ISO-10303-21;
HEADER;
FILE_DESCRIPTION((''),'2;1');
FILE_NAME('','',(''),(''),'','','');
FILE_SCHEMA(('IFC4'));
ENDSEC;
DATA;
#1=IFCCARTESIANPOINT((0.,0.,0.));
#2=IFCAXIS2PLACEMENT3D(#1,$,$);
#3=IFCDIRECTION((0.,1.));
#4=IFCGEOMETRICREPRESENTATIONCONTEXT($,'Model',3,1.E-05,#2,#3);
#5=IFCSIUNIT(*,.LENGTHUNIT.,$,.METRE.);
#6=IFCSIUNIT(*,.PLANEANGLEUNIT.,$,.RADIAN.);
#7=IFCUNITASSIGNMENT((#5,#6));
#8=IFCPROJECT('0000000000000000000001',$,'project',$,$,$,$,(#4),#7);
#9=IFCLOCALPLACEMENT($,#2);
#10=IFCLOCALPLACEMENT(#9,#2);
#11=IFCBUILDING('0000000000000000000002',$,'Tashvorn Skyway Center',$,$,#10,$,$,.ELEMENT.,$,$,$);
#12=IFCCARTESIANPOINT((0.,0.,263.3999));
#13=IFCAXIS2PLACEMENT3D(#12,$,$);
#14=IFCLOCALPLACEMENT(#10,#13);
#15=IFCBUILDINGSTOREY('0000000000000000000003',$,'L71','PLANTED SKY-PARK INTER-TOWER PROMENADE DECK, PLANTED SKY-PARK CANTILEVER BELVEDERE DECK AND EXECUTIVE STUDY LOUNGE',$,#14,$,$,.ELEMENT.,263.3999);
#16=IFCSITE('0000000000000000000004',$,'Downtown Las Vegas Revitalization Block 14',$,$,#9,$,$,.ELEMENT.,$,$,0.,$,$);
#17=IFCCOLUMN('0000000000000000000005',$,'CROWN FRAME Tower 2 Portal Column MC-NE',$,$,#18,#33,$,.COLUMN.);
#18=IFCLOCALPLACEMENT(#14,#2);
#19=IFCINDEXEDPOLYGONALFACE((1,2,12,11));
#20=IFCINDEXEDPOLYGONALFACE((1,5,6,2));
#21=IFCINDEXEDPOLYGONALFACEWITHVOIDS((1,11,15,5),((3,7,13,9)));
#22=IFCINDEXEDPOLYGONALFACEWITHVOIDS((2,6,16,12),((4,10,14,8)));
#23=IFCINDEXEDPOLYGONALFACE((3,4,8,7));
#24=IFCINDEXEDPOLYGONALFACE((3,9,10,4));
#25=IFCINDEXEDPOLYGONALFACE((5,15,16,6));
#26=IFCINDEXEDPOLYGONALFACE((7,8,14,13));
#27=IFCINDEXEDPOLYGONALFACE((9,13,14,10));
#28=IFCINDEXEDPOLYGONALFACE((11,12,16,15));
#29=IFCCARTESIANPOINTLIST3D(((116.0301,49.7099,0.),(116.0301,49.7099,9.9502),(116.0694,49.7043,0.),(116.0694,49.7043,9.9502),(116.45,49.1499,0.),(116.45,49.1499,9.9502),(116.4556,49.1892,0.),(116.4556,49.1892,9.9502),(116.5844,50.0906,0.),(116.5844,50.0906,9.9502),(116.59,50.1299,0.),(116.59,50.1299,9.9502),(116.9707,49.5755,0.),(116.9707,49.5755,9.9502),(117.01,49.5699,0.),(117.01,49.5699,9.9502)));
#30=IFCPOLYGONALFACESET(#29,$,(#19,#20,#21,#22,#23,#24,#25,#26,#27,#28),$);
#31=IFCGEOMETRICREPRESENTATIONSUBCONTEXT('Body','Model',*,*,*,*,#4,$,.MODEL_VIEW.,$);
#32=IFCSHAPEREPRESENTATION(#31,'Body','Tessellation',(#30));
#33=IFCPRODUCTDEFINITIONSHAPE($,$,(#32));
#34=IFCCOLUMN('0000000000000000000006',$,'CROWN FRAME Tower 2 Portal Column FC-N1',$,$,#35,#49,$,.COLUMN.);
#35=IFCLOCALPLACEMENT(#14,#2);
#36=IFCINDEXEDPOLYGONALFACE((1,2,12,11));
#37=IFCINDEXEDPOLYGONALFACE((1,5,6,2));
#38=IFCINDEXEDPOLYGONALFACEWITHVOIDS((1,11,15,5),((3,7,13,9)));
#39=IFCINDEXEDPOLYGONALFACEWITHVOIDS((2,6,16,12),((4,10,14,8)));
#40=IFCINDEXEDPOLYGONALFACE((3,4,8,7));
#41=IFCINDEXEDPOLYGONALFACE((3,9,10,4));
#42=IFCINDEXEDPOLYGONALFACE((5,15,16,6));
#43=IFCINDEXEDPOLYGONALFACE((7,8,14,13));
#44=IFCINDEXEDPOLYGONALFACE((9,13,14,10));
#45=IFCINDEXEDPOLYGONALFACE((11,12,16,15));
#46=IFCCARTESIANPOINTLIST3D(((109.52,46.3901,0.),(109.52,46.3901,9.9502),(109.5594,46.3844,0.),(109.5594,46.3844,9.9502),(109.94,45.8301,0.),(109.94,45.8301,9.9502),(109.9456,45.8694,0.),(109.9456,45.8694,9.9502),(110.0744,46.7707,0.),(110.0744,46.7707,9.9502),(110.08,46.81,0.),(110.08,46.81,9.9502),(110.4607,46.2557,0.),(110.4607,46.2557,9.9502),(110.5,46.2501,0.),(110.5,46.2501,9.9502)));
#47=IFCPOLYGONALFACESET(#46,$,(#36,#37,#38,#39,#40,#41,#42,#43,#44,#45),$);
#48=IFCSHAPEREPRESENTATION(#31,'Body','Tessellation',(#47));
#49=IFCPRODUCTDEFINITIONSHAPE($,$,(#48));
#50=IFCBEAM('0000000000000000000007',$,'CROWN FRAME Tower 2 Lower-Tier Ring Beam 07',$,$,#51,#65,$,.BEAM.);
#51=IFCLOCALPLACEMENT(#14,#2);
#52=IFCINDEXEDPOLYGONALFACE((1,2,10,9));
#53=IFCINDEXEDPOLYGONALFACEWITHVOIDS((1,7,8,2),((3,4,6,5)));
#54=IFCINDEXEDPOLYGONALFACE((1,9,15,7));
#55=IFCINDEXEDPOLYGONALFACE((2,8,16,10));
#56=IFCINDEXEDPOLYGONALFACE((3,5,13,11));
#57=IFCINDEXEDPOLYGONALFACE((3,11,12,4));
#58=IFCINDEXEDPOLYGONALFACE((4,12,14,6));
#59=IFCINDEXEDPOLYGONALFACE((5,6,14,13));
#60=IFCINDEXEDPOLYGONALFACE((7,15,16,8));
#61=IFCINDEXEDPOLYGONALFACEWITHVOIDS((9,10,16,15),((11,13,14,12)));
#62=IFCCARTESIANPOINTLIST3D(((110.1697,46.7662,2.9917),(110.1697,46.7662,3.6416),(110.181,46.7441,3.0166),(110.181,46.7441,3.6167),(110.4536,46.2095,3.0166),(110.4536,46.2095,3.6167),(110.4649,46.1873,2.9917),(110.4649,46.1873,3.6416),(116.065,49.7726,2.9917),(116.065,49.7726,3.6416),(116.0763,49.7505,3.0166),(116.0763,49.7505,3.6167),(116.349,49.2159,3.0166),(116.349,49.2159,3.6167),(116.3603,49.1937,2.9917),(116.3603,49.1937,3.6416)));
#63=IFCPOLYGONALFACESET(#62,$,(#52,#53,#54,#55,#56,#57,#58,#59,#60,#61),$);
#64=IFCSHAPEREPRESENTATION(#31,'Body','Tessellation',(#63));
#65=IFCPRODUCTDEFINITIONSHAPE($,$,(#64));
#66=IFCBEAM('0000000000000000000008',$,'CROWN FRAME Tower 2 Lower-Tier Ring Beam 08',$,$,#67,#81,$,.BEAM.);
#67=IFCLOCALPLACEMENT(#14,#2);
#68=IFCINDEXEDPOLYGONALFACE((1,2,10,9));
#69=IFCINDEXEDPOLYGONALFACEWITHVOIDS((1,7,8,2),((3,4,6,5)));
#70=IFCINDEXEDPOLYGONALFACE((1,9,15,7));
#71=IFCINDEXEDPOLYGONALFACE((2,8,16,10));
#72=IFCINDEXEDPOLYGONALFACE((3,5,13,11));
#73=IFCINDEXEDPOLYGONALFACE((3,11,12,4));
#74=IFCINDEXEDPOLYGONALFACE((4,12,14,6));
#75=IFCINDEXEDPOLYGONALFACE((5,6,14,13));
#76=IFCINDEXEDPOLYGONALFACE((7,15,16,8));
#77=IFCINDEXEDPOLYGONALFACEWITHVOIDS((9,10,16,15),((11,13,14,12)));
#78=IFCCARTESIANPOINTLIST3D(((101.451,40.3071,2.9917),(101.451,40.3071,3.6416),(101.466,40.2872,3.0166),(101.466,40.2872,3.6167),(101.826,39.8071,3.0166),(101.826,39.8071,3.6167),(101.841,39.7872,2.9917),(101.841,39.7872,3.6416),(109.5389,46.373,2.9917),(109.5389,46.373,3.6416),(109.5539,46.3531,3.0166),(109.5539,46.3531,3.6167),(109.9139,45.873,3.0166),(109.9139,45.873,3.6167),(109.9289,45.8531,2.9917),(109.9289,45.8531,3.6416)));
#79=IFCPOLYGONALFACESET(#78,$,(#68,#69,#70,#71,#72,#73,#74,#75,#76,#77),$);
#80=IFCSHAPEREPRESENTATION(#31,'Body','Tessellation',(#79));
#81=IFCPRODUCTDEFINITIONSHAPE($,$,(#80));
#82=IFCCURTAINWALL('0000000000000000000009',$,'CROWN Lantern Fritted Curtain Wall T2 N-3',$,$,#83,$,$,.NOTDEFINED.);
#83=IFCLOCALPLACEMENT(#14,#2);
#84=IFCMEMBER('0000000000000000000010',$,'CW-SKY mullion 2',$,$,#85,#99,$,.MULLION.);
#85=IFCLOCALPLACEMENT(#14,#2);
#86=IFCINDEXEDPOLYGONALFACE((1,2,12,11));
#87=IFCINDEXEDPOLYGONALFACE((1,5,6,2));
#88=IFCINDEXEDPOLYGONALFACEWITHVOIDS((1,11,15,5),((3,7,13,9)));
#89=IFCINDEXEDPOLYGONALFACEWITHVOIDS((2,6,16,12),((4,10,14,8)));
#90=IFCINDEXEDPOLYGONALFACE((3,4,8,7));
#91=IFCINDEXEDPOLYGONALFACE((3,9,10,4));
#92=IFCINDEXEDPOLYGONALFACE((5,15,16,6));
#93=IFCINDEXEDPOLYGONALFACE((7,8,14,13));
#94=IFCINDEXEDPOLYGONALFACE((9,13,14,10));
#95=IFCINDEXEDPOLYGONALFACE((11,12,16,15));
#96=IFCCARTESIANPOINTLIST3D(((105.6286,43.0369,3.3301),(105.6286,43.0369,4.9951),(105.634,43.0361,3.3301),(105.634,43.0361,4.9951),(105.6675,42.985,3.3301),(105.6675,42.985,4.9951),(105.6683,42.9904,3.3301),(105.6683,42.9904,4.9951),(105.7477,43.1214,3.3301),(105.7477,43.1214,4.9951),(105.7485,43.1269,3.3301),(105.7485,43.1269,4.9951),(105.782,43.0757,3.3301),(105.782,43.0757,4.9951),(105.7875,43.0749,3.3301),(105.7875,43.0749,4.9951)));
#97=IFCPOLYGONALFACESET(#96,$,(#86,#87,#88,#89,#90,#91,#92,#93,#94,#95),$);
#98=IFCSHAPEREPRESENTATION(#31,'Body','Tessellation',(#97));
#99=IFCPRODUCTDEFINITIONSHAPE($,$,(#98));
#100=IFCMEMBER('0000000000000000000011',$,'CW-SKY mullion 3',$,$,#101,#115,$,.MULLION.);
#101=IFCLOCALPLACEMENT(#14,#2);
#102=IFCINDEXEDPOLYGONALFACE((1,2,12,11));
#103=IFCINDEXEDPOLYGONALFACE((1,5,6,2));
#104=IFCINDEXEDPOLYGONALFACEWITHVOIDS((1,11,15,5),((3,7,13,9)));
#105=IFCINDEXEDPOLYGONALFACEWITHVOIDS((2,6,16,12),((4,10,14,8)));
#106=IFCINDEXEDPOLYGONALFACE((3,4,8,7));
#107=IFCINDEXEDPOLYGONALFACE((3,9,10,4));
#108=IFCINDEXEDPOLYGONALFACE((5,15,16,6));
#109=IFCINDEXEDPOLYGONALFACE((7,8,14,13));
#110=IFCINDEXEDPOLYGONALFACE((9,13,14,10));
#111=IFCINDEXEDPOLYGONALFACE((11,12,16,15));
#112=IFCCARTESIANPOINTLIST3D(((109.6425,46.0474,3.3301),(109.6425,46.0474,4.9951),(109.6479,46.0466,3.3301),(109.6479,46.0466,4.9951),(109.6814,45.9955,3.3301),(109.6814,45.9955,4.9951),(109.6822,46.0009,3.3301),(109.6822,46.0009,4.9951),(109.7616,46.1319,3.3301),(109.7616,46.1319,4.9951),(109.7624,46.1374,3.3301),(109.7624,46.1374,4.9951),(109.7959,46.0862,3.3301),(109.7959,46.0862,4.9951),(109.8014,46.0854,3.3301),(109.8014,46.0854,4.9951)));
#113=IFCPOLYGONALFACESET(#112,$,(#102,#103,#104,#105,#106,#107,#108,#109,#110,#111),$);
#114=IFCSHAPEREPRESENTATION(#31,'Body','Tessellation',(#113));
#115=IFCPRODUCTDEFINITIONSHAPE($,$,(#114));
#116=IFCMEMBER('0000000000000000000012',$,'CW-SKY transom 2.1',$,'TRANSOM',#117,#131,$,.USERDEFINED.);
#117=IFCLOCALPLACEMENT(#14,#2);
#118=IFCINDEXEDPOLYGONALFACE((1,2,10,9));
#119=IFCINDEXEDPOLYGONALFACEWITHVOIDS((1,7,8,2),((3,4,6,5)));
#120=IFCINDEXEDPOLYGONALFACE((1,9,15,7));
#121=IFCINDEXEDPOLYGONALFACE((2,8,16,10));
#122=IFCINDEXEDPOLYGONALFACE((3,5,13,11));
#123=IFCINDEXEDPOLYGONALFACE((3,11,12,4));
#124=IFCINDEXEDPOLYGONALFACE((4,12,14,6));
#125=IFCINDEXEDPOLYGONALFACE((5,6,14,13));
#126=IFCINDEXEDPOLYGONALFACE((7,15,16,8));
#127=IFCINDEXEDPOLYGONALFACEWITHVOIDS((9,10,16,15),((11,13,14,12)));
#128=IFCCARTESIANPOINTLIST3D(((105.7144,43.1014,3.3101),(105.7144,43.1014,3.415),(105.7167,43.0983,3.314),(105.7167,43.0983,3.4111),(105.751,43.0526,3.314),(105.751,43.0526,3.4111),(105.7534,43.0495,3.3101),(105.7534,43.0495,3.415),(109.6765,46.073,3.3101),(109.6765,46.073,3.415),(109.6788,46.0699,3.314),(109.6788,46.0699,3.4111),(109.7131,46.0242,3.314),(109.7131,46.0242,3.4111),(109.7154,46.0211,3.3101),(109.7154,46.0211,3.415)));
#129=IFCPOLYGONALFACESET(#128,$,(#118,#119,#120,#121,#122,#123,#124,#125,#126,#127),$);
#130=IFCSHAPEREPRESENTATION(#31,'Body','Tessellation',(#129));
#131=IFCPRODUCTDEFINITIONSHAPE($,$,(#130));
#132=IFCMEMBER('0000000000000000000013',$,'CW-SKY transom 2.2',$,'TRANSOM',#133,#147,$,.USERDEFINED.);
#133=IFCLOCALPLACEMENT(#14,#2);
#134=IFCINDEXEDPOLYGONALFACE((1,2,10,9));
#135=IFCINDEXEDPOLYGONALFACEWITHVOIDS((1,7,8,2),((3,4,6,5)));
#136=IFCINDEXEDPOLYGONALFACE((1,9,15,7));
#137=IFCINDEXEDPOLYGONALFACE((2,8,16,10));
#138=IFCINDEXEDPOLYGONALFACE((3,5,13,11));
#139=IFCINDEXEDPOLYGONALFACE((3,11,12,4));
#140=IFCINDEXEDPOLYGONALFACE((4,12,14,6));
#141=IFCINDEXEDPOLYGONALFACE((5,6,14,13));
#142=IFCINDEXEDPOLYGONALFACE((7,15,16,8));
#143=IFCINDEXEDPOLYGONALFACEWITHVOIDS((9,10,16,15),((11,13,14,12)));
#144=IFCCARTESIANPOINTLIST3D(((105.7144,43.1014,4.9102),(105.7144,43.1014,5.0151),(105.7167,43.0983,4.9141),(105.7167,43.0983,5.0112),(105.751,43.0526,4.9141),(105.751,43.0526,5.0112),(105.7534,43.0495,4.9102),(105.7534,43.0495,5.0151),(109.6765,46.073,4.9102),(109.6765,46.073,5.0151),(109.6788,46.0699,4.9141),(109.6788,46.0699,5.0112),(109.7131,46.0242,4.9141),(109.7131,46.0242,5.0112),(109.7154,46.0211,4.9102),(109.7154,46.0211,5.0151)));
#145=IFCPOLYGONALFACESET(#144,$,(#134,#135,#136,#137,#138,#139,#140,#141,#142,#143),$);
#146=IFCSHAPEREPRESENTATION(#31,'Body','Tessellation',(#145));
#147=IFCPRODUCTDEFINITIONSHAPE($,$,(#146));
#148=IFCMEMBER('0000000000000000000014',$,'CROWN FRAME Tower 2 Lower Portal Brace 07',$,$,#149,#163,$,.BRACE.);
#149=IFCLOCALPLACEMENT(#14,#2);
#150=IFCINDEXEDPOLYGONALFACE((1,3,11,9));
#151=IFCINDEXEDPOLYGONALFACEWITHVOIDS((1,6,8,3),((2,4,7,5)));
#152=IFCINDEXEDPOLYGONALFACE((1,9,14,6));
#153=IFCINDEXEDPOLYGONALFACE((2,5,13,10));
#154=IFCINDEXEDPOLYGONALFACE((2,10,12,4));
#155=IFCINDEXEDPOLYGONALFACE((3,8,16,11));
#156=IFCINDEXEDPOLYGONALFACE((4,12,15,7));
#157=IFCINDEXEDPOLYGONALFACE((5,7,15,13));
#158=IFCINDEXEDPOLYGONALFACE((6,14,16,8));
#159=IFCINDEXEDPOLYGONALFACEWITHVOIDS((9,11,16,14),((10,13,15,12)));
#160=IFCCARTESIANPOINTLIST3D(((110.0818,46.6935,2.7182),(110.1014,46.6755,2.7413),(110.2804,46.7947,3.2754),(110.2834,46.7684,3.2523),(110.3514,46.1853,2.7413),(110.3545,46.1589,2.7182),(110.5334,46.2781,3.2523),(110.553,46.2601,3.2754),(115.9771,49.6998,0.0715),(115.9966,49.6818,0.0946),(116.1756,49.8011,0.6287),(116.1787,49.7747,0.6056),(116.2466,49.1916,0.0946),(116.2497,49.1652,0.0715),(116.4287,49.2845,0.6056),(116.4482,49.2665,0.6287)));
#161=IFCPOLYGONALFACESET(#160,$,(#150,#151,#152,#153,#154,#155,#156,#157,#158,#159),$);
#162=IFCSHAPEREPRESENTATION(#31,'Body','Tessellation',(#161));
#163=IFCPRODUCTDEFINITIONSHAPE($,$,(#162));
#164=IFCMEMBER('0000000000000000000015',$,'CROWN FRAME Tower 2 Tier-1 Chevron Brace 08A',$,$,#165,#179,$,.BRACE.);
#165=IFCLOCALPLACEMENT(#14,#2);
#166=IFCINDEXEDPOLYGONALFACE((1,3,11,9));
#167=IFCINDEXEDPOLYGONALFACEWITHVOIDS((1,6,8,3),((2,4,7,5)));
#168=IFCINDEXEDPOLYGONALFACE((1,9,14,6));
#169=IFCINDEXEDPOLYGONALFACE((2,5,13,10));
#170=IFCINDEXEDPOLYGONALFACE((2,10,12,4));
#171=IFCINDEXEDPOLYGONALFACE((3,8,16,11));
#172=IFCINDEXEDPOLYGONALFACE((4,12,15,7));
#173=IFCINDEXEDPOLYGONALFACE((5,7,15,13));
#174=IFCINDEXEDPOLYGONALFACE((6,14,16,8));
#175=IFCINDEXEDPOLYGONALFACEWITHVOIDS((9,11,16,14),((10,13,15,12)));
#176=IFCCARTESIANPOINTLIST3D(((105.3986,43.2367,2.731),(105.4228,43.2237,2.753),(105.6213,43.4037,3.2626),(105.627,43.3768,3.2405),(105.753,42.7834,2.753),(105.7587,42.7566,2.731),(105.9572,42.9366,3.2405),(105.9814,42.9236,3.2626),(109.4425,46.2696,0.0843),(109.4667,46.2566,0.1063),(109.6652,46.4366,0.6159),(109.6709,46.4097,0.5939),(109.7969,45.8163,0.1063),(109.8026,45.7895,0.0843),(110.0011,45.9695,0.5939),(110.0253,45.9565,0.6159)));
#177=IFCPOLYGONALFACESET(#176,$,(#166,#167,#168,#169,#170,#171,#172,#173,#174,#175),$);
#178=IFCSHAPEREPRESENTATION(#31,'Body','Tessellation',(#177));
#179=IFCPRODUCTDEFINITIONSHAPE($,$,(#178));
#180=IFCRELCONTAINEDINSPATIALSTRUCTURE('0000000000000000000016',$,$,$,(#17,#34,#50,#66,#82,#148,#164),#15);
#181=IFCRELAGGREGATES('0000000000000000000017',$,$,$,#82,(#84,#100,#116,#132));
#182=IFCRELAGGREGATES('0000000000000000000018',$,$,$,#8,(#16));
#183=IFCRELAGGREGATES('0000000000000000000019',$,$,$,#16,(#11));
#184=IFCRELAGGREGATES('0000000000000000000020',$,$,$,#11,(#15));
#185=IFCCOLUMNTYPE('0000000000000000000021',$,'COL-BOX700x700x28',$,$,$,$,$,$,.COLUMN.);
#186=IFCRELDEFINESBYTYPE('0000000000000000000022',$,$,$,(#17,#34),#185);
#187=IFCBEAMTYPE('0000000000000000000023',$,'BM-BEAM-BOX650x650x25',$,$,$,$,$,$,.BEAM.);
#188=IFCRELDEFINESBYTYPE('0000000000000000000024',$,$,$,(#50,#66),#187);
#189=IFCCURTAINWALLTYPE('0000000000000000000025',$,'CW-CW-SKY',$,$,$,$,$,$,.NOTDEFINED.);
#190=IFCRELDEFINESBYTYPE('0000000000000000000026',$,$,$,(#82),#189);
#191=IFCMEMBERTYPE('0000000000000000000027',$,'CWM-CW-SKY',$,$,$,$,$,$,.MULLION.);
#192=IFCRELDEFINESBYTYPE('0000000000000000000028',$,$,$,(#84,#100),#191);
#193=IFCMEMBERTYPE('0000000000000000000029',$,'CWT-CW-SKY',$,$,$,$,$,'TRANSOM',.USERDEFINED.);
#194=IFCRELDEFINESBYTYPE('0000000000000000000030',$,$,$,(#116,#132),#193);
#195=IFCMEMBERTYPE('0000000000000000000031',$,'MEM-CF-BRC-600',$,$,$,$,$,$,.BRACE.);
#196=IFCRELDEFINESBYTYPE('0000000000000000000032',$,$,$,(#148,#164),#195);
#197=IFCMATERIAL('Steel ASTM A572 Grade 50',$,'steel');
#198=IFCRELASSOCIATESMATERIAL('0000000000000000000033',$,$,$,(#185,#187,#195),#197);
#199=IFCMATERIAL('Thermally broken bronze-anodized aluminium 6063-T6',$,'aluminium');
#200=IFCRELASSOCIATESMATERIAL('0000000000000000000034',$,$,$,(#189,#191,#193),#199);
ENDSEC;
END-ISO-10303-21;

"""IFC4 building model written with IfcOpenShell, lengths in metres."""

from ifc_helpers import new_model, si_unit, direction, frame, origin, origin_2d, place, context, subcontext, project, spatial, hollow_rectangle, extrude, material, material_profile, profile_set, type_object, element, aggregate, save


model = new_model("IFC4")

# Units and contexts
model_context = context("Model", 3, precision=1e-05, world=origin(), true_north=direction((0.0, 1.0)))
body_context = subcontext(model_context, "Body", "Model", "MODEL_VIEW")
ifc_project = project(units=[si_unit("LENGTHUNIT", "METRE"), si_unit("PLANEANGLEUNIT", "RADIAN")], contexts=[model_context])

# Site, building, storey
site_placement = place(None, origin())
site = spatial("IfcSite", under=ifc_project, at=site_placement, Name="Downtown Las Vegas Revitalization Block 14", CompositionType="ELEMENT", RefElevation=0.0)
building_placement = place(site_placement, origin())
building = spatial("IfcBuilding", under=site, at=building_placement, Name="Tashvorn Skyway Center", CompositionType="ELEMENT")
storey_placement = place(building_placement, frame((0.0, 0.0, 263.3999)))
storey = spatial("IfcBuildingStorey", under=building, at=storey_placement, Name="L71", Description="PLANTED SKY-PARK INTER-TOWER PROMENADE DECK, PLANTED SKY-PARK CANTILEVER BELVEDERE DECK AND EXECUTIVE STUDY LOUNGE", CompositionType="ELEMENT", Elevation=263.3999)

# Columns
ifc_material_1 = material(Name="Steel ASTM A572 Grade 50", Category="steel")
ifc_material_profile_1 = material_profile(ifc_material_1, hollow_rectangle(XDim=0.7, YDim=0.7, WallThickness=0.0281, at=origin_2d()), Name="BOX700x700x28")
ifc_profile_set_1 = profile_set([ifc_material_profile_1], Name="Steel ASTM A572 Grade 50")
column_type = type_object("IfcColumnType", Name="COL-BOX700x700x28", PredefinedType="COLUMN", material=ifc_profile_set_1)
for number, where, z_axis, x_axis, name in (
    (1, (116.52, 49.6399, 0.0), (0.0, 0.0, 1.0), (0.8, 0.6, 0.0), "CROWN FRAME Tower 2 Portal Column MC-NE"),
    (2, (110.01, 46.3201, 0.0), (0.0, 0.0, 1.0), (0.8, 0.6, 0.0), "CROWN FRAME Tower 2 Portal Column FC-N1"),
):
    element("IfcColumn", number, at=place(storey_placement, frame(where, z_axis=z_axis, x_axis=x_axis)), inside=storey, type_object=column_type, Name=name, PredefinedType="COLUMN", context=body_context, shape_type="SweptSolid", body=[
        extrude(hollow_rectangle(XDim=0.7, YDim=0.7, WallThickness=0.0281, at=origin_2d()), origin(), (0.0, 0.0, 1.0), 9.9502),
    ])

# Beams
ifc_material_profile_2 = material_profile(ifc_material_1, hollow_rectangle(XDim=0.6499, YDim=0.6499, WallThickness=0.0249, at=origin_2d()), Name="BOX650x650x25")
ifc_profile_set_2 = profile_set([ifc_material_profile_2], Name="Steel ASTM A572 Grade 50")
beam_type = type_object("IfcBeamType", Name="BM-BEAM-BOX650x650x25", PredefinedType="BEAM", material=ifc_profile_set_2)
beam_1_placement = place(storey_placement, frame((116.2126, 49.4832, 3.3167), z_axis=(-0.89085, -0.454298, 0.0), x_axis=(0.454298, -0.89085, 0.0)))
element("IfcBeam", 3, at=beam_1_placement, inside=storey, type_object=beam_type, Name="CROWN FRAME Tower 2 Lower-Tier Ring Beam 07", PredefinedType="BEAM", context=body_context, shape_type="SweptSolid", body=[
    extrude(hollow_rectangle(XDim=0.6499, YDim=0.6499, WallThickness=0.0249, at=origin_2d()), origin(), (0.0, 0.0, 1.0), 6.6177),
])
beam_2_placement = place(storey_placement, frame((109.7339, 46.113, 3.3167), z_axis=(-0.8, -0.6, 0.0), x_axis=(0.6, -0.8, 0.0)))
element("IfcBeam", 4, at=beam_2_placement, inside=storey, type_object=beam_type, Name="CROWN FRAME Tower 2 Lower-Tier Ring Beam 08", PredefinedType="BEAM", context=body_context, shape_type="SweptSolid", body=[
    extrude(hollow_rectangle(XDim=0.6499, YDim=0.6499, WallThickness=0.0249, at=origin_2d()), origin(), (0.0, 0.0, 1.0), 10.1099),
])

# Curtain wall, members
ifc_material_2 = material(Name="Thermally broken bronze-anodized aluminium 6063-T6", Category="aluminium")
curtain_wall_type = type_object("IfcCurtainWallType", Name="CW-CW-SKY", PredefinedType="NOTDEFINED", material=ifc_material_2)
curtain_wall_placement = place(storey_placement, origin())
curtain_wall = element("IfcCurtainWall", 5, at=curtain_wall_placement, inside=storey, type_object=curtain_wall_type, Name="CROWN Lantern Fritted Curtain Wall T2 N-3", PredefinedType="NOTDEFINED")
ifc_material_profile_3 = material_profile(ifc_material_2, hollow_rectangle(XDim=0.0649, YDim=0.1499, WallThickness=0.0039, at=origin_2d()), Name="ALU-MULL-65x150")
ifc_profile_set_3 = profile_set([ifc_material_profile_3], Name="Thermally broken bronze-anodized aluminium 6063-T6")
member_type_1 = type_object("IfcMemberType", Name="CWM-CW-SKY", PredefinedType="MULLION", material=ifc_profile_set_3)
member_1_placement = place(storey_placement, frame((105.708, 43.0559, 3.3301), z_axis=(0.0, 0.0, 1.0), x_axis=(-0.6, 0.8, 0.0)))
member_1 = element("IfcMember", 6, at=member_1_placement, type_object=member_type_1, Name="CW-SKY mullion 2", PredefinedType="MULLION", context=body_context, shape_type="SweptSolid", body=[
    extrude(hollow_rectangle(XDim=0.0649, YDim=0.1499, WallThickness=0.0039, at=origin_2d()), origin(), (0.0, 0.0, 1.0), 1.665),
])
member_2_placement = place(storey_placement, frame((109.7219, 46.0664, 3.3301), z_axis=(0.0, 0.0, 1.0), x_axis=(-0.6, 0.8, 0.0)))
member_2 = element("IfcMember", 7, at=member_2_placement, type_object=member_type_1, Name="CW-SKY mullion 3", PredefinedType="MULLION", context=body_context, shape_type="SweptSolid", body=[
    extrude(hollow_rectangle(XDim=0.0649, YDim=0.1499, WallThickness=0.0039, at=origin_2d()), origin(), (0.0, 0.0, 1.0), 1.665),
])
ifc_material_profile_4 = material_profile(ifc_material_2, hollow_rectangle(XDim=0.0649, YDim=0.105, WallThickness=0.0039, at=origin_2d()), Name="ALU-TRAN-65x105")
ifc_profile_set_4 = profile_set([ifc_material_profile_4], Name="Thermally broken bronze-anodized aluminium 6063-T6")
member_type_2 = type_object("IfcMemberType", Name="CWT-CW-SKY", ElementType="TRANSOM", PredefinedType="USERDEFINED", material=ifc_profile_set_4)
member_3_placement = place(storey_placement, frame((105.7339, 43.0754, 3.3625), z_axis=(0.799994, 0.600008, 0.0), x_axis=(-0.600008, 0.799994, 0.0)))
member_3 = element("IfcMember", 8, at=member_3_placement, type_object=member_type_2, Name="CW-SKY transom 2.1", ObjectType="TRANSOM", PredefinedType="USERDEFINED", context=body_context, shape_type="SweptSolid", body=[
    extrude(hollow_rectangle(XDim=0.0649, YDim=0.105, WallThickness=0.0039, at=origin_2d()), origin(), (0.0, 0.0, 1.0), 4.9526),
])
member_4_placement = place(storey_placement, frame((105.7339, 43.0754, 4.9626), z_axis=(0.799994, 0.600008, 0.0), x_axis=(-0.600008, 0.799994, 0.0)))
member_4 = element("IfcMember", 9, at=member_4_placement, type_object=member_type_2, Name="CW-SKY transom 2.2", ObjectType="TRANSOM", PredefinedType="USERDEFINED", context=body_context, shape_type="SweptSolid", body=[
    extrude(hollow_rectangle(XDim=0.0649, YDim=0.105, WallThickness=0.0039, at=origin_2d()), origin(), (0.0, 0.0, 1.0), 4.9526),
])

# Members
ifc_material_profile_5 = material_profile(ifc_material_1, hollow_rectangle(XDim=0.6001, YDim=0.6001, WallThickness=0.0249, at=origin_2d()), Name="BOX600x600x25")
ifc_profile_set_5 = profile_set([ifc_material_profile_5], Name="Steel ASTM A572 Grade 50")
member_type_3 = type_object("IfcMemberType", Name="MEM-CF-BRC-600", PredefinedType="BRACE", material=ifc_profile_set_5)
member_5_placement = place(storey_placement, frame((116.2126, 49.4832, 0.3501), z_axis=(-0.827146, -0.421811, 0.371354), x_axis=(0.454298, -0.89085, 0.0)))
element("IfcMember", 10, at=member_5_placement, inside=storey, type_object=member_type_3, Name="CROWN FRAME Tower 2 Lower Portal Brace 07", PredefinedType="BRACE", context=body_context, shape_type="SweptSolid", body=[
    extrude(hollow_rectangle(XDim=0.6001, YDim=0.6001, WallThickness=0.0249, at=origin_2d()), origin(), (0.0, 0.0, 1.0), 7.1272),
])
member_6_placement = place(storey_placement, frame((109.7339, 46.113, 0.3501), z_axis=(-0.708728, -0.531546, 0.463857), x_axis=(0.6, -0.8, 0.0)))
element("IfcMember", 11, at=member_6_placement, inside=storey, type_object=member_type_3, Name="CROWN FRAME Tower 2 Tier-1 Chevron Brace 08A", PredefinedType="BRACE", context=body_context, shape_type="SweptSolid", body=[
    extrude(hollow_rectangle(XDim=0.6001, YDim=0.6001, WallThickness=0.0249, at=origin_2d()), origin(), (0.0, 0.0, 1.0), 5.7058),
])

aggregate(curtain_wall, [member_1, member_2, member_3, member_4])

save(model, "model.ifc")
